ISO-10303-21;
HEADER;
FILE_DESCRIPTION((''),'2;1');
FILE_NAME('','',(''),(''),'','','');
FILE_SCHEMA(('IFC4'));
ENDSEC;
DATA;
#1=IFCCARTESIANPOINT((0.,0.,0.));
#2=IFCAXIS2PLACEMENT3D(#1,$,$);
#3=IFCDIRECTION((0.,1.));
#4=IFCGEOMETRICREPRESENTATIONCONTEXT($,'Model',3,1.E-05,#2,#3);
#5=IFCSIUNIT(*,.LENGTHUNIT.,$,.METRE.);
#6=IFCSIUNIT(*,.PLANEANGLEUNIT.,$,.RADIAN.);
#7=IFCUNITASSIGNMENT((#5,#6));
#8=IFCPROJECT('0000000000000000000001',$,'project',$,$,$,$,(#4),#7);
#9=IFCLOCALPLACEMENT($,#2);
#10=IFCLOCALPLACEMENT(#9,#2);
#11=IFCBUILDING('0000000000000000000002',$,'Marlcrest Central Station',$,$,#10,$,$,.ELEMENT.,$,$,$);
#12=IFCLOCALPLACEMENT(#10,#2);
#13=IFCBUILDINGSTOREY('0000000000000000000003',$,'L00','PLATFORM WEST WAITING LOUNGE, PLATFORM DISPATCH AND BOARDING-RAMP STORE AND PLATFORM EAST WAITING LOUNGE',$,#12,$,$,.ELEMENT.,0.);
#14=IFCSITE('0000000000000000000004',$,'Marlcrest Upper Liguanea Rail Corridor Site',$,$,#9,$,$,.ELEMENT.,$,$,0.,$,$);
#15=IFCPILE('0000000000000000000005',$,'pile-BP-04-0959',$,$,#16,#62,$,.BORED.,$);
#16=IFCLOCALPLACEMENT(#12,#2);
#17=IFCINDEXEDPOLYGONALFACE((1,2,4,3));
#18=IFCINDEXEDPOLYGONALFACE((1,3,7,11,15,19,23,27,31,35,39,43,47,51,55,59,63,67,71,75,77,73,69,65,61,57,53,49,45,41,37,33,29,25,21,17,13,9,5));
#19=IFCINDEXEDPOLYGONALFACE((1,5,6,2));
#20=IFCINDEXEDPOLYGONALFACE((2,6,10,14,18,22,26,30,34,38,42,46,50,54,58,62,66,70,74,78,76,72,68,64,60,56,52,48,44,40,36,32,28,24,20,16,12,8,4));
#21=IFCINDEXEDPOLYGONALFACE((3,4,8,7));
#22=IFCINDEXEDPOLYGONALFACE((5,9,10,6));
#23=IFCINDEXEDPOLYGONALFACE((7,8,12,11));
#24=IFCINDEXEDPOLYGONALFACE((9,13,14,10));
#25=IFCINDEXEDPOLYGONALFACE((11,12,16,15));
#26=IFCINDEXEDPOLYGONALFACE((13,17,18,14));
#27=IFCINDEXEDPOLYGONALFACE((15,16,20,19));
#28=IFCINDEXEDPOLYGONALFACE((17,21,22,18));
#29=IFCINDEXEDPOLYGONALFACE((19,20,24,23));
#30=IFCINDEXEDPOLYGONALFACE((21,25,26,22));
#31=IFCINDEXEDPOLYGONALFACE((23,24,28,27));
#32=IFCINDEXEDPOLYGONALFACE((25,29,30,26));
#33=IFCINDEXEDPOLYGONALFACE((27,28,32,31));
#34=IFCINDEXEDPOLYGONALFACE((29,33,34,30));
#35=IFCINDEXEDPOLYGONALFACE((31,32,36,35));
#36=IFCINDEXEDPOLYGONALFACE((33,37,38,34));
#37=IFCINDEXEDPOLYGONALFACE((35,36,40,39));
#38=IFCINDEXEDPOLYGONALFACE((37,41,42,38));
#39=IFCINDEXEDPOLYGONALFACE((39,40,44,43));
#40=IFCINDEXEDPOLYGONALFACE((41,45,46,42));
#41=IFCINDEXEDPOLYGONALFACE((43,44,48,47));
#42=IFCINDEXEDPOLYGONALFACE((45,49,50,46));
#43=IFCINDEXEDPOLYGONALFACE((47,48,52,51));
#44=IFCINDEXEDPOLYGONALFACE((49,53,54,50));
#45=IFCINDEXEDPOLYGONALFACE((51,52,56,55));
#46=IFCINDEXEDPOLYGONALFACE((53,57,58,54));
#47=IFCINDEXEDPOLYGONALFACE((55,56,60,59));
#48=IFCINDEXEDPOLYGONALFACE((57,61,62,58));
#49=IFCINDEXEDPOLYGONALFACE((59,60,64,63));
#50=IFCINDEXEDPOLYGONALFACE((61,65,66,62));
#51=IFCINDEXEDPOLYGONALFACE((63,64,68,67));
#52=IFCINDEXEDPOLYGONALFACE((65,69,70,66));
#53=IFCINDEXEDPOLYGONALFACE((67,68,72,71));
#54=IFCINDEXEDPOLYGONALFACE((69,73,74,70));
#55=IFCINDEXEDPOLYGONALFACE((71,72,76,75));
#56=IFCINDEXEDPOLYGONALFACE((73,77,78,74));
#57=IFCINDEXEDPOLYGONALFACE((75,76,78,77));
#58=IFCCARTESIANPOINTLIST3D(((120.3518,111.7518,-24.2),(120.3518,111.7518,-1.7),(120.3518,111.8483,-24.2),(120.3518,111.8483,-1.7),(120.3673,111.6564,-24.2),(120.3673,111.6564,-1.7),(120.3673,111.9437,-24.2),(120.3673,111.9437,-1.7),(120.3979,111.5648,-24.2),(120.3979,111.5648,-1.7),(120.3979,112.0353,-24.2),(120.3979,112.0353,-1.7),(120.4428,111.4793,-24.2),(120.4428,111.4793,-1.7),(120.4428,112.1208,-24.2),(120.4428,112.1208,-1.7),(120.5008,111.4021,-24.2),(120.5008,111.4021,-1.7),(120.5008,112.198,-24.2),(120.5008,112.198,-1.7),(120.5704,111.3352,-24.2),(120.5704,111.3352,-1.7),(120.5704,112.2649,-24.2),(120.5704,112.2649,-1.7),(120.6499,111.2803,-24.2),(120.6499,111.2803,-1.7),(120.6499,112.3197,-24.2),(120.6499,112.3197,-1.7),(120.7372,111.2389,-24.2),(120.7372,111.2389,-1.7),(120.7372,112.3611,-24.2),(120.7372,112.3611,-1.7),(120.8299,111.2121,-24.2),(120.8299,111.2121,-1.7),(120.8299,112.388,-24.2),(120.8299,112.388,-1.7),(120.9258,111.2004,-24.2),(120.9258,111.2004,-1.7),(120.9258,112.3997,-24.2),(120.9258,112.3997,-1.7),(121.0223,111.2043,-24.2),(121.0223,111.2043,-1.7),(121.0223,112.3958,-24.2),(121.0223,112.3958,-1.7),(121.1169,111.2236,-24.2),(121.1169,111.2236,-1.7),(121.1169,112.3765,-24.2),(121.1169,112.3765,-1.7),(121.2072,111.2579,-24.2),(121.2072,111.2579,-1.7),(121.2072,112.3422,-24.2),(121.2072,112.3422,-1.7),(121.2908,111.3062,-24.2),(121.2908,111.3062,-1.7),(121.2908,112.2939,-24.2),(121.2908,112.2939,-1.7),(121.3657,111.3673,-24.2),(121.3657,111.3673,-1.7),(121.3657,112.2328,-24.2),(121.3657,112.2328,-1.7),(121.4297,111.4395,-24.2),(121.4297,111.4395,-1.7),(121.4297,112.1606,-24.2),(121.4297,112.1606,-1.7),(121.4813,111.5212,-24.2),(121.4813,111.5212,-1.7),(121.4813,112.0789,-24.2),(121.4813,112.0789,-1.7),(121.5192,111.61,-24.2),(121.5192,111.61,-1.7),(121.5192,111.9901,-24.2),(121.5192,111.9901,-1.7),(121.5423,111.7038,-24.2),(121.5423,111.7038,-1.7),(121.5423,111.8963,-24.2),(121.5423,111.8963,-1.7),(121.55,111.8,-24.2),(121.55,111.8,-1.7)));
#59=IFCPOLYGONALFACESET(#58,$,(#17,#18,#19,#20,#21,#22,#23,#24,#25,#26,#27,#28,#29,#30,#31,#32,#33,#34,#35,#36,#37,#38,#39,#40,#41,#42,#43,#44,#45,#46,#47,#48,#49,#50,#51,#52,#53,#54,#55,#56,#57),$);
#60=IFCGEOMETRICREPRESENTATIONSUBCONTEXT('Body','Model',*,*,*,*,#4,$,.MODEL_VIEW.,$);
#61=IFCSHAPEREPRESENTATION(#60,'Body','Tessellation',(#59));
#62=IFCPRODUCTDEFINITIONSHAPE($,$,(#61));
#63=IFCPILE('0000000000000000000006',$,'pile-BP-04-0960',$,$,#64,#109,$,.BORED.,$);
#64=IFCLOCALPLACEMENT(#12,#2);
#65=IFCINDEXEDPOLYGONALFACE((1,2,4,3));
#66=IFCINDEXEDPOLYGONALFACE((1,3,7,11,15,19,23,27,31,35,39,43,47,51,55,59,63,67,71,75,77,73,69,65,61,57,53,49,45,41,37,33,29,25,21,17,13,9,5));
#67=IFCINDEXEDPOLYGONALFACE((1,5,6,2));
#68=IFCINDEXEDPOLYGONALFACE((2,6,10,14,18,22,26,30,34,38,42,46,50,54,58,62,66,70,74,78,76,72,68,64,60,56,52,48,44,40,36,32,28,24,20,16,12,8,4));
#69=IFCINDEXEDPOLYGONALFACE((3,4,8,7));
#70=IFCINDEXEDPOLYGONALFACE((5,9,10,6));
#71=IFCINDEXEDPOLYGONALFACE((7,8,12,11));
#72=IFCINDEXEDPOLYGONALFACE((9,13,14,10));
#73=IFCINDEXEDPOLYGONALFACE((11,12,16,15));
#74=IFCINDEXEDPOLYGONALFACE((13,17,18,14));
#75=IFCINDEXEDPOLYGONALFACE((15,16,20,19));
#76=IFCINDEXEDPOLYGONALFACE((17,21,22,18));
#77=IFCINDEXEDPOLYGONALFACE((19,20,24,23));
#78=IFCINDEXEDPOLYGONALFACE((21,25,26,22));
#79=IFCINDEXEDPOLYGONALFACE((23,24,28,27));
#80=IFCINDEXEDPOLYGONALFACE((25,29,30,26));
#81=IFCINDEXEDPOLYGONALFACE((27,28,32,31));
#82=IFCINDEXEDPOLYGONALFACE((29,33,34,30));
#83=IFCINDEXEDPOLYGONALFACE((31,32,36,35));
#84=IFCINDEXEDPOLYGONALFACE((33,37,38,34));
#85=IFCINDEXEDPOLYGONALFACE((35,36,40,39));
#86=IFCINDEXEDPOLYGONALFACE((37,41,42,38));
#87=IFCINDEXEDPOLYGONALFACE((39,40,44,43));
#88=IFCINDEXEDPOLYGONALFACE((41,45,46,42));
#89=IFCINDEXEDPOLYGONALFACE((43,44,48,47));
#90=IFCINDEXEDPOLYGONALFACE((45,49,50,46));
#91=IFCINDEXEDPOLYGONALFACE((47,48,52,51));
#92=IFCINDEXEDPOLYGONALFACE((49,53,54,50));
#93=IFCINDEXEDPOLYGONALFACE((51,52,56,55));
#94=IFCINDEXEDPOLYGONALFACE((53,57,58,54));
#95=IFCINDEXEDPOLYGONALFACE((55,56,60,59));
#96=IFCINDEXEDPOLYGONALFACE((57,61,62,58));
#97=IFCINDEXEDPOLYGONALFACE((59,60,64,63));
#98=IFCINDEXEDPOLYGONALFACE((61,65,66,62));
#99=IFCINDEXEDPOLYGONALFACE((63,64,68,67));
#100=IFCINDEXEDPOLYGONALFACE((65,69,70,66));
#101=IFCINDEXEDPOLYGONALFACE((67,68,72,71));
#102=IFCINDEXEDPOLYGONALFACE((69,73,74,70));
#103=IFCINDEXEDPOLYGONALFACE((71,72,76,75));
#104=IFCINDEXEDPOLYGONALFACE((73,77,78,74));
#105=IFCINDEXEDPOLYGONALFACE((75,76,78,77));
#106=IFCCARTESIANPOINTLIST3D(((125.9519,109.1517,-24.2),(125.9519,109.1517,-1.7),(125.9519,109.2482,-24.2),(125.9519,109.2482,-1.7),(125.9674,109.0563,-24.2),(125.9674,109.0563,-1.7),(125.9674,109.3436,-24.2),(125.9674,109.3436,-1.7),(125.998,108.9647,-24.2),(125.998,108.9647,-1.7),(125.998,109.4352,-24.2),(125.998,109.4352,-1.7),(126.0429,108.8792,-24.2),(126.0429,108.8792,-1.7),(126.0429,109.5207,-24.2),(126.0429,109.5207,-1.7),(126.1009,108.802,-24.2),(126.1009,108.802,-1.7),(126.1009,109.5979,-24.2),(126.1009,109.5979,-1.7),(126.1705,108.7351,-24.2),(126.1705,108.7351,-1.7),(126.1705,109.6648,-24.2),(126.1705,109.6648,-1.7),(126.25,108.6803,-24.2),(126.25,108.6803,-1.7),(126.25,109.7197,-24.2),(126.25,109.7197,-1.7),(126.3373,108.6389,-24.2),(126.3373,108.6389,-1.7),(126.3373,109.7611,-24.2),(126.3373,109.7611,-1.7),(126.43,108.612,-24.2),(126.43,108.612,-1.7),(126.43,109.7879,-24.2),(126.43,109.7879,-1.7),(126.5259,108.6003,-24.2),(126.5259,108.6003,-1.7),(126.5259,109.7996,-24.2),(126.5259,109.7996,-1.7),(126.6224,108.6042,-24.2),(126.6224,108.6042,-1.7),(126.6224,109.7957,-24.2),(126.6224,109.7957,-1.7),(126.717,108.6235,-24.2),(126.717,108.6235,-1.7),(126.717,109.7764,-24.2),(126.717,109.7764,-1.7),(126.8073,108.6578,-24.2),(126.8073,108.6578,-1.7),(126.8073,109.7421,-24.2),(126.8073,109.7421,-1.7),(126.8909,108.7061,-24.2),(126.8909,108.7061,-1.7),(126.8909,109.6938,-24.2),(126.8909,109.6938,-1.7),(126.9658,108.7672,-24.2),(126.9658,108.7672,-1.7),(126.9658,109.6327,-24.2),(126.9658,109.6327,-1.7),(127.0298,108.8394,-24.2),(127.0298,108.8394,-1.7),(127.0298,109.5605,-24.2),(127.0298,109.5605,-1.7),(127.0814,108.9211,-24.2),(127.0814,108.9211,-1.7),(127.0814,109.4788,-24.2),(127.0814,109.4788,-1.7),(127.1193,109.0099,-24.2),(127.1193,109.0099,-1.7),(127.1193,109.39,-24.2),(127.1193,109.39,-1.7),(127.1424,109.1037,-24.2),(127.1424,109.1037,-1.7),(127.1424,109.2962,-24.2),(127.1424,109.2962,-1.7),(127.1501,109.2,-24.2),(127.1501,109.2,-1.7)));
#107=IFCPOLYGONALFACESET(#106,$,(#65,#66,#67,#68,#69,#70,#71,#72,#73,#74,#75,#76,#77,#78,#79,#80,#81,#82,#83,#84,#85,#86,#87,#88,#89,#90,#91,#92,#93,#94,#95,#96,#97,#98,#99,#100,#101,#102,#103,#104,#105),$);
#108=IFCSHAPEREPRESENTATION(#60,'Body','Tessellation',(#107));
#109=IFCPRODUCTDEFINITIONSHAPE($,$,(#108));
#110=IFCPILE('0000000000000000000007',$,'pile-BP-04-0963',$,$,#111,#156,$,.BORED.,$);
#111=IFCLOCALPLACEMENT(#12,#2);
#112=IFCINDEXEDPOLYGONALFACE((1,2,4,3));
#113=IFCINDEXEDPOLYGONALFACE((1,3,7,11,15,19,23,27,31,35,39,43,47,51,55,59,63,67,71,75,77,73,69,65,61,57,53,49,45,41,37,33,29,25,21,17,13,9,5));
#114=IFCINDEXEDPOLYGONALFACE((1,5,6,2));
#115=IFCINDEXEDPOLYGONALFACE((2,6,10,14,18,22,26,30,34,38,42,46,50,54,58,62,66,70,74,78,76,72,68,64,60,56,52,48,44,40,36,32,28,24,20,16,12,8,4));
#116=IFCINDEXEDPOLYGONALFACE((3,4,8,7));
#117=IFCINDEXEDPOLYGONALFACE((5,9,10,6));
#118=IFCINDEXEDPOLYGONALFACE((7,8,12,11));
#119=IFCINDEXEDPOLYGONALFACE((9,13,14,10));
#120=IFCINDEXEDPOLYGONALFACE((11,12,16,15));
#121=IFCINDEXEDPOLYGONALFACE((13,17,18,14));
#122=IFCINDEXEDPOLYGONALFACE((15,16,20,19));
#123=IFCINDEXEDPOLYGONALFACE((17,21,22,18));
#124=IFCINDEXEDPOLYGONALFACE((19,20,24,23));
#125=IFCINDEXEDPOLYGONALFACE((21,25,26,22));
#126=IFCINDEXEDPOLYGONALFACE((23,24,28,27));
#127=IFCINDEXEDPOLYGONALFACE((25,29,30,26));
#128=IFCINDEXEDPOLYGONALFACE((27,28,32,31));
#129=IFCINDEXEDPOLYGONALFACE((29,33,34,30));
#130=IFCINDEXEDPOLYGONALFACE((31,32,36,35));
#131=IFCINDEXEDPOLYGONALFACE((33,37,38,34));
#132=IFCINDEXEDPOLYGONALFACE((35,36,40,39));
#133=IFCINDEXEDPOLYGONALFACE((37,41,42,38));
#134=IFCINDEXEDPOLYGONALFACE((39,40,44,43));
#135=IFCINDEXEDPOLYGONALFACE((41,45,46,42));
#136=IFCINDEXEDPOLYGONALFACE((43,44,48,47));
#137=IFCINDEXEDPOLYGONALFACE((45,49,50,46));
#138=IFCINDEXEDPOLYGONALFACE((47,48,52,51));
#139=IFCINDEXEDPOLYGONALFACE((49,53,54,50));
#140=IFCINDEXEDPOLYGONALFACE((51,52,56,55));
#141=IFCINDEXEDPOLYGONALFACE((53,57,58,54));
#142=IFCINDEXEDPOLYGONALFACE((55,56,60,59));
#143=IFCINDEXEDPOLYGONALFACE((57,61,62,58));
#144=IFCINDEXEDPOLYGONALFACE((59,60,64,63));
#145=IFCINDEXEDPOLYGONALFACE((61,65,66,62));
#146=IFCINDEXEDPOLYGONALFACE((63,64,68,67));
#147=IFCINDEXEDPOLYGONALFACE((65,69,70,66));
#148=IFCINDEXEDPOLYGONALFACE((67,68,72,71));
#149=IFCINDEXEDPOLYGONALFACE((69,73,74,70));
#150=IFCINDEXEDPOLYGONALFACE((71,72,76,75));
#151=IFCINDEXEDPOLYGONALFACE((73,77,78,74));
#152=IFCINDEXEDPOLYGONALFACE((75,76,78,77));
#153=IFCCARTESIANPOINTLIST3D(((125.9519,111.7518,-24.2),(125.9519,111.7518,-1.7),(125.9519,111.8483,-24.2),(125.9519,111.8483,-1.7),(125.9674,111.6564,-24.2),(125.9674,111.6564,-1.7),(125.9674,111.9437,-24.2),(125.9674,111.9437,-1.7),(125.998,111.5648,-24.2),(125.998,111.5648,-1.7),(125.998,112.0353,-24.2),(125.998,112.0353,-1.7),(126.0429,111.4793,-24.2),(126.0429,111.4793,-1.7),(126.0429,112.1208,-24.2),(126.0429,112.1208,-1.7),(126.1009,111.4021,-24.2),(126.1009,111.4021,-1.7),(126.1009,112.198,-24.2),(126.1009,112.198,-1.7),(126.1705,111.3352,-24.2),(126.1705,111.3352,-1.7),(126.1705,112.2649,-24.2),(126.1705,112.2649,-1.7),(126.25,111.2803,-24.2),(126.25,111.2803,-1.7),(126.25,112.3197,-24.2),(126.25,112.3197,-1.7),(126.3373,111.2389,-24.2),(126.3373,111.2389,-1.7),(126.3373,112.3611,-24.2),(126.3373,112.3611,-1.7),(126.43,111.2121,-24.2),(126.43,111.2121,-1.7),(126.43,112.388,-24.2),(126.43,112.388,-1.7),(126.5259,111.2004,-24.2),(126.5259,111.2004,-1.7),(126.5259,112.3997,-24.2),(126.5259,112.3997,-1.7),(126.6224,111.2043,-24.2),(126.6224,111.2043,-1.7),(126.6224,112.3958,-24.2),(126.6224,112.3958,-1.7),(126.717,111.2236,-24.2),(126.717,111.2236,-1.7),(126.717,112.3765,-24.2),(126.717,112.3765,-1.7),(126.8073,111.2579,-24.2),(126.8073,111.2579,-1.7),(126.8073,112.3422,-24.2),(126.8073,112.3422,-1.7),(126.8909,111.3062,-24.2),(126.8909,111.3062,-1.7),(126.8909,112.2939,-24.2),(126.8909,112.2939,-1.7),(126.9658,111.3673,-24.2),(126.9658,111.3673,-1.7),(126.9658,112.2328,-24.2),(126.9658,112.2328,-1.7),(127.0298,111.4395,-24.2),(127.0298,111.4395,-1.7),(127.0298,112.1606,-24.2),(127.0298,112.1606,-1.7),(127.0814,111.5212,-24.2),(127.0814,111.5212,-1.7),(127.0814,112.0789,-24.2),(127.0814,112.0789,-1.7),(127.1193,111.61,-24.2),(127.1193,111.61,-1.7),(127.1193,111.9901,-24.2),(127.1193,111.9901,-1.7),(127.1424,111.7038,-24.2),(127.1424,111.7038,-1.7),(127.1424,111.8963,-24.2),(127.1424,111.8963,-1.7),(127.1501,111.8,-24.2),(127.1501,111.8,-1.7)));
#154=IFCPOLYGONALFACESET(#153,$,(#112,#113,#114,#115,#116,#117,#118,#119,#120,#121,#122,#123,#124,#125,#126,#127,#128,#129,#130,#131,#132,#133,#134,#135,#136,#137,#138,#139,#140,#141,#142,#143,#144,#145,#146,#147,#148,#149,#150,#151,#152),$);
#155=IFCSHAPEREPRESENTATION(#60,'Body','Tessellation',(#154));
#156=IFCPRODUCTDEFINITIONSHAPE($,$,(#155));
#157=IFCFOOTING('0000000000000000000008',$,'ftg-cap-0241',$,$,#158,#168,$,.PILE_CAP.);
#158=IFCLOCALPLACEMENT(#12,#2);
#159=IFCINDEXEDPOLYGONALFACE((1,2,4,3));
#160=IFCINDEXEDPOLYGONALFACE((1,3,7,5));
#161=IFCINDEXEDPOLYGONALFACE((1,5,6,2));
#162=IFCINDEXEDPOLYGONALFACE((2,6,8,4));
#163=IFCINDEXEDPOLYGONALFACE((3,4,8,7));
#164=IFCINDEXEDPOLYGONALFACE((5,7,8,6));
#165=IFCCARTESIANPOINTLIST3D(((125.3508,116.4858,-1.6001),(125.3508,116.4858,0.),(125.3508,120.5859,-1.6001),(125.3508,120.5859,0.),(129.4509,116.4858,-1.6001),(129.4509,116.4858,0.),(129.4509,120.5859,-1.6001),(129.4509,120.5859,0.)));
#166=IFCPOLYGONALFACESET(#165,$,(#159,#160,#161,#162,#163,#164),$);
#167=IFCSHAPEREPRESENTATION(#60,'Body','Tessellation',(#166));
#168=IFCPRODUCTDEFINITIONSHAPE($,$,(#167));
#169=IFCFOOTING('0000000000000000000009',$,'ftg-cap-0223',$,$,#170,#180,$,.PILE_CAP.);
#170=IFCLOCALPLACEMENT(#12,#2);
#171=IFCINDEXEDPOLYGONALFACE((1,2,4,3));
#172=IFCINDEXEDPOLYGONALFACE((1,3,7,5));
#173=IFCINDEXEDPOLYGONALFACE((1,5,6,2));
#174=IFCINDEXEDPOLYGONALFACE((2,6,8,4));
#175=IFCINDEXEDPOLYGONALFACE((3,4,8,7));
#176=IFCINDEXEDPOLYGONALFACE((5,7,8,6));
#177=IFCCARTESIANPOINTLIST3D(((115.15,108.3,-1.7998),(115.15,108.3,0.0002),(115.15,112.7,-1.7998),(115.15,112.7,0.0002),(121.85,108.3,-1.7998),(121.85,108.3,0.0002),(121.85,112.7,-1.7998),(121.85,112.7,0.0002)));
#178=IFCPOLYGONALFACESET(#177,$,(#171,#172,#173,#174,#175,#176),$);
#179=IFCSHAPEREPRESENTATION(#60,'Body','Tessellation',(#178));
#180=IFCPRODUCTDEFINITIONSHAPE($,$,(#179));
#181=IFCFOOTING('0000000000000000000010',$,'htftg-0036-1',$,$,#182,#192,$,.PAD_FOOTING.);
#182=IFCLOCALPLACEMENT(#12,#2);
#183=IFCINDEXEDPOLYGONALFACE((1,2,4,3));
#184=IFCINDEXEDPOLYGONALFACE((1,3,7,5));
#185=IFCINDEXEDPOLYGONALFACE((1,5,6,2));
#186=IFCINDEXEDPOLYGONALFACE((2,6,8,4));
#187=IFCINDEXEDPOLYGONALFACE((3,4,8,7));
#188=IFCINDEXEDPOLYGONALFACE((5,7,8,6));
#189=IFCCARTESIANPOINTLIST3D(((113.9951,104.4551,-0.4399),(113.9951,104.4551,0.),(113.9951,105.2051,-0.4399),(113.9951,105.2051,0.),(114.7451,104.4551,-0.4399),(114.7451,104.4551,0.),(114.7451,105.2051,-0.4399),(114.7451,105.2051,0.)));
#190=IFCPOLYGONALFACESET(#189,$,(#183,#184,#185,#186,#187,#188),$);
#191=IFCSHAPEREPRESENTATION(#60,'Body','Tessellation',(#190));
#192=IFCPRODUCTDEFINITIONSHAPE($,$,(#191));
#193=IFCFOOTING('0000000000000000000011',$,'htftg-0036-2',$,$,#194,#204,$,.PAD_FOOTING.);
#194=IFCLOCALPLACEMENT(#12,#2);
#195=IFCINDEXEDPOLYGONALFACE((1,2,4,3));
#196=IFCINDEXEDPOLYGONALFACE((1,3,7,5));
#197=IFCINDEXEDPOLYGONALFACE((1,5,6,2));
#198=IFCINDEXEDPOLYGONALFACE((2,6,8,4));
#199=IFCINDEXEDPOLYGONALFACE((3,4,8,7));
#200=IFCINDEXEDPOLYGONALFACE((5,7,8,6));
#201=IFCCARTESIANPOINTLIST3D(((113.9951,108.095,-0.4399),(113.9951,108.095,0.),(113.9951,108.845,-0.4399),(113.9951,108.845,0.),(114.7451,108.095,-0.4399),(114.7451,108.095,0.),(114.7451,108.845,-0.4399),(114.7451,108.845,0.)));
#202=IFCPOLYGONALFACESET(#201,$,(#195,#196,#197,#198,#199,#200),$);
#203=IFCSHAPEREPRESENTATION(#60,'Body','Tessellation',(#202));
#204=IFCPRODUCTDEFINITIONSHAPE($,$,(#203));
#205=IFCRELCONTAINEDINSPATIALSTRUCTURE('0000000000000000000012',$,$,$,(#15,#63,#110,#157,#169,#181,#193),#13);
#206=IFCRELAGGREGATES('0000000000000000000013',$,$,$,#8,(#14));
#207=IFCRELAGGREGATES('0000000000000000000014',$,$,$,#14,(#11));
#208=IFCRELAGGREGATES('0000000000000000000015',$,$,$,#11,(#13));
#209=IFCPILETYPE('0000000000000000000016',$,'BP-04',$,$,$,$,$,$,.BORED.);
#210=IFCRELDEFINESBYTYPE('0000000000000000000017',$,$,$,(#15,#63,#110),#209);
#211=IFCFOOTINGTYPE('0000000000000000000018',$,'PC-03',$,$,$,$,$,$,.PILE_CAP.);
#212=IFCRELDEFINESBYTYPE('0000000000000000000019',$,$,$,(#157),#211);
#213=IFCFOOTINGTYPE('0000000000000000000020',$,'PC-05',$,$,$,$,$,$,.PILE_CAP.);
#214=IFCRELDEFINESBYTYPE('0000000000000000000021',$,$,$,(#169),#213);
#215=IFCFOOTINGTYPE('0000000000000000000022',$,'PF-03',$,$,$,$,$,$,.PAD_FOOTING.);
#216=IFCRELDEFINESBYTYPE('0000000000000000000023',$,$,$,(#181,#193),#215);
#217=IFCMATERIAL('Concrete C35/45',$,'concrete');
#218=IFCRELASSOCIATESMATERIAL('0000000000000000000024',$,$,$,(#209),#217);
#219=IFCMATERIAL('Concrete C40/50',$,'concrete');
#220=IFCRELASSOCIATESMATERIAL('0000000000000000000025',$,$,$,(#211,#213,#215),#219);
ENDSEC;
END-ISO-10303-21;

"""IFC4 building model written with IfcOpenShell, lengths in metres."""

from ifc_helpers import new_model, si_unit, direction, frame, origin, origin_2d, place, context, subcontext, project, spatial, rectangle, circle, extrude, material, material_profile, profile_set, type_object, element, save


model = new_model("IFC4")

# Units and contexts
model_context = context("Model", 3, precision=1e-05, world=origin(), true_north=direction((0.0, 1.0)))
body_context = subcontext(model_context, "Body", "Model", "MODEL_VIEW")
ifc_project = project(units=[si_unit("LENGTHUNIT", "METRE"), si_unit("PLANEANGLEUNIT", "RADIAN")], contexts=[model_context])

# Site, building, storey
site_placement = place(None, origin())
site = spatial("IfcSite", under=ifc_project, at=site_placement, Name="Marlcrest Upper Liguanea Rail Corridor Site", CompositionType="ELEMENT", RefElevation=0.0)
building_placement = place(site_placement, origin())
building = spatial("IfcBuilding", under=site, at=building_placement, Name="Marlcrest Central Station", CompositionType="ELEMENT")
storey_placement = place(building_placement, origin())
storey = spatial("IfcBuildingStorey", under=building, at=storey_placement, Name="L00", Description="PLATFORM WEST WAITING LOUNGE, PLATFORM DISPATCH AND BOARDING-RAMP STORE AND PLATFORM EAST WAITING LOUNGE", CompositionType="ELEMENT", Elevation=0.0)

# Piles
ifc_material_1 = material(Name="Concrete C35/45", Category="concrete")
ifc_material_profile_1 = material_profile(ifc_material_1, circle(Radius=0.6001, at=origin_2d()), Name="PILE D1200")
ifc_profile_set_1 = profile_set([ifc_material_profile_1], Name="Concrete C35/45")
pile_type_1 = type_object("IfcPileType", Name="BP-04", PredefinedType="BORED", material=ifc_profile_set_1)
for number, where, z_axis, x_axis, name in (
    (1, (120.95, 111.8, -1.7), (0.0, 0.0, -1.0), (1.0, 0.0, 0.0), "pile-BP-04-0959"),
    (2, (126.55, 109.2, -1.7), (0.0, 0.0, -1.0), (1.0, 0.0, 0.0), "pile-BP-04-0960"),
    (3, (126.55, 111.8, -1.7), (0.0, 0.0, -1.0), (1.0, 0.0, 0.0), "pile-BP-04-0963"),
):
    element("IfcPile", number, at=place(storey_placement, frame(where, z_axis=z_axis, x_axis=x_axis)), inside=storey, type_object=pile_type_1, Name=name, PredefinedType="BORED", context=body_context, shape_type="SweptSolid", body=[
        extrude(circle(Radius=0.6001, at=origin_2d()), origin(), (0.0, 0.0, 1.0), 22.5),
    ])

# Footings
ifc_material_2 = material(Name="Concrete C40/50", Category="concrete")
footing_type_1 = type_object("IfcFootingType", Name="PC-03", PredefinedType="PILE_CAP", material=ifc_material_2)
footing_1_placement = place(storey_placement, frame((127.4009, 118.5359, -1.6001), z_axis=(0.0, 0.0, 1.0), x_axis=(1.0, 0.0, 0.0)))
element("IfcFooting", 4, at=footing_1_placement, inside=storey, type_object=footing_type_1, Name="ftg-cap-0241", PredefinedType="PILE_CAP", context=body_context, shape_type="SweptSolid", body=[
    extrude(rectangle(XDim=4.1001, YDim=4.1001, at=origin_2d()), origin(), (0.0, 0.0, 1.0), 1.6001),
])
footing_type_2 = type_object("IfcFootingType", Name="PC-05", PredefinedType="PILE_CAP", material=ifc_material_2)
footing_2_placement = place(storey_placement, frame((118.5, 110.5, -1.7998), z_axis=(0.0, 0.0, 1.0), x_axis=(1.0, 0.0, 0.0)))
element("IfcFooting", 5, at=footing_2_placement, inside=storey, type_object=footing_type_2, Name="ftg-cap-0223", PredefinedType="PILE_CAP", context=body_context, shape_type="SweptSolid", body=[
    extrude(rectangle(XDim=6.7, YDim=4.3999, at=origin_2d()), origin(), (0.0, 0.0, 1.0), 1.8),
])
footing_type_3 = type_object("IfcFootingType", Name="PF-03", PredefinedType="PAD_FOOTING", material=ifc_material_2)
for number, where, z_axis, x_axis, name in (
    (6, (114.3701, 104.8301, -0.4399), (0.0, 0.0, 1.0), (1.0, 0.0, 0.0), "htftg-0036-1"),
    (7, (114.3701, 108.47, -0.4399), (0.0, 0.0, 1.0), (1.0, 0.0, 0.0), "htftg-0036-2"),
):
    element("IfcFooting", number, at=place(storey_placement, frame(where, z_axis=z_axis, x_axis=x_axis)), inside=storey, type_object=footing_type_3, Name=name, PredefinedType="PAD_FOOTING", context=body_context, shape_type="SweptSolid", body=[
        extrude(rectangle(XDim=0.75, YDim=0.75, at=origin_2d()), origin(), (0.0, 0.0, 1.0), 0.4399),
    ])

save(model, "model.ifc")
